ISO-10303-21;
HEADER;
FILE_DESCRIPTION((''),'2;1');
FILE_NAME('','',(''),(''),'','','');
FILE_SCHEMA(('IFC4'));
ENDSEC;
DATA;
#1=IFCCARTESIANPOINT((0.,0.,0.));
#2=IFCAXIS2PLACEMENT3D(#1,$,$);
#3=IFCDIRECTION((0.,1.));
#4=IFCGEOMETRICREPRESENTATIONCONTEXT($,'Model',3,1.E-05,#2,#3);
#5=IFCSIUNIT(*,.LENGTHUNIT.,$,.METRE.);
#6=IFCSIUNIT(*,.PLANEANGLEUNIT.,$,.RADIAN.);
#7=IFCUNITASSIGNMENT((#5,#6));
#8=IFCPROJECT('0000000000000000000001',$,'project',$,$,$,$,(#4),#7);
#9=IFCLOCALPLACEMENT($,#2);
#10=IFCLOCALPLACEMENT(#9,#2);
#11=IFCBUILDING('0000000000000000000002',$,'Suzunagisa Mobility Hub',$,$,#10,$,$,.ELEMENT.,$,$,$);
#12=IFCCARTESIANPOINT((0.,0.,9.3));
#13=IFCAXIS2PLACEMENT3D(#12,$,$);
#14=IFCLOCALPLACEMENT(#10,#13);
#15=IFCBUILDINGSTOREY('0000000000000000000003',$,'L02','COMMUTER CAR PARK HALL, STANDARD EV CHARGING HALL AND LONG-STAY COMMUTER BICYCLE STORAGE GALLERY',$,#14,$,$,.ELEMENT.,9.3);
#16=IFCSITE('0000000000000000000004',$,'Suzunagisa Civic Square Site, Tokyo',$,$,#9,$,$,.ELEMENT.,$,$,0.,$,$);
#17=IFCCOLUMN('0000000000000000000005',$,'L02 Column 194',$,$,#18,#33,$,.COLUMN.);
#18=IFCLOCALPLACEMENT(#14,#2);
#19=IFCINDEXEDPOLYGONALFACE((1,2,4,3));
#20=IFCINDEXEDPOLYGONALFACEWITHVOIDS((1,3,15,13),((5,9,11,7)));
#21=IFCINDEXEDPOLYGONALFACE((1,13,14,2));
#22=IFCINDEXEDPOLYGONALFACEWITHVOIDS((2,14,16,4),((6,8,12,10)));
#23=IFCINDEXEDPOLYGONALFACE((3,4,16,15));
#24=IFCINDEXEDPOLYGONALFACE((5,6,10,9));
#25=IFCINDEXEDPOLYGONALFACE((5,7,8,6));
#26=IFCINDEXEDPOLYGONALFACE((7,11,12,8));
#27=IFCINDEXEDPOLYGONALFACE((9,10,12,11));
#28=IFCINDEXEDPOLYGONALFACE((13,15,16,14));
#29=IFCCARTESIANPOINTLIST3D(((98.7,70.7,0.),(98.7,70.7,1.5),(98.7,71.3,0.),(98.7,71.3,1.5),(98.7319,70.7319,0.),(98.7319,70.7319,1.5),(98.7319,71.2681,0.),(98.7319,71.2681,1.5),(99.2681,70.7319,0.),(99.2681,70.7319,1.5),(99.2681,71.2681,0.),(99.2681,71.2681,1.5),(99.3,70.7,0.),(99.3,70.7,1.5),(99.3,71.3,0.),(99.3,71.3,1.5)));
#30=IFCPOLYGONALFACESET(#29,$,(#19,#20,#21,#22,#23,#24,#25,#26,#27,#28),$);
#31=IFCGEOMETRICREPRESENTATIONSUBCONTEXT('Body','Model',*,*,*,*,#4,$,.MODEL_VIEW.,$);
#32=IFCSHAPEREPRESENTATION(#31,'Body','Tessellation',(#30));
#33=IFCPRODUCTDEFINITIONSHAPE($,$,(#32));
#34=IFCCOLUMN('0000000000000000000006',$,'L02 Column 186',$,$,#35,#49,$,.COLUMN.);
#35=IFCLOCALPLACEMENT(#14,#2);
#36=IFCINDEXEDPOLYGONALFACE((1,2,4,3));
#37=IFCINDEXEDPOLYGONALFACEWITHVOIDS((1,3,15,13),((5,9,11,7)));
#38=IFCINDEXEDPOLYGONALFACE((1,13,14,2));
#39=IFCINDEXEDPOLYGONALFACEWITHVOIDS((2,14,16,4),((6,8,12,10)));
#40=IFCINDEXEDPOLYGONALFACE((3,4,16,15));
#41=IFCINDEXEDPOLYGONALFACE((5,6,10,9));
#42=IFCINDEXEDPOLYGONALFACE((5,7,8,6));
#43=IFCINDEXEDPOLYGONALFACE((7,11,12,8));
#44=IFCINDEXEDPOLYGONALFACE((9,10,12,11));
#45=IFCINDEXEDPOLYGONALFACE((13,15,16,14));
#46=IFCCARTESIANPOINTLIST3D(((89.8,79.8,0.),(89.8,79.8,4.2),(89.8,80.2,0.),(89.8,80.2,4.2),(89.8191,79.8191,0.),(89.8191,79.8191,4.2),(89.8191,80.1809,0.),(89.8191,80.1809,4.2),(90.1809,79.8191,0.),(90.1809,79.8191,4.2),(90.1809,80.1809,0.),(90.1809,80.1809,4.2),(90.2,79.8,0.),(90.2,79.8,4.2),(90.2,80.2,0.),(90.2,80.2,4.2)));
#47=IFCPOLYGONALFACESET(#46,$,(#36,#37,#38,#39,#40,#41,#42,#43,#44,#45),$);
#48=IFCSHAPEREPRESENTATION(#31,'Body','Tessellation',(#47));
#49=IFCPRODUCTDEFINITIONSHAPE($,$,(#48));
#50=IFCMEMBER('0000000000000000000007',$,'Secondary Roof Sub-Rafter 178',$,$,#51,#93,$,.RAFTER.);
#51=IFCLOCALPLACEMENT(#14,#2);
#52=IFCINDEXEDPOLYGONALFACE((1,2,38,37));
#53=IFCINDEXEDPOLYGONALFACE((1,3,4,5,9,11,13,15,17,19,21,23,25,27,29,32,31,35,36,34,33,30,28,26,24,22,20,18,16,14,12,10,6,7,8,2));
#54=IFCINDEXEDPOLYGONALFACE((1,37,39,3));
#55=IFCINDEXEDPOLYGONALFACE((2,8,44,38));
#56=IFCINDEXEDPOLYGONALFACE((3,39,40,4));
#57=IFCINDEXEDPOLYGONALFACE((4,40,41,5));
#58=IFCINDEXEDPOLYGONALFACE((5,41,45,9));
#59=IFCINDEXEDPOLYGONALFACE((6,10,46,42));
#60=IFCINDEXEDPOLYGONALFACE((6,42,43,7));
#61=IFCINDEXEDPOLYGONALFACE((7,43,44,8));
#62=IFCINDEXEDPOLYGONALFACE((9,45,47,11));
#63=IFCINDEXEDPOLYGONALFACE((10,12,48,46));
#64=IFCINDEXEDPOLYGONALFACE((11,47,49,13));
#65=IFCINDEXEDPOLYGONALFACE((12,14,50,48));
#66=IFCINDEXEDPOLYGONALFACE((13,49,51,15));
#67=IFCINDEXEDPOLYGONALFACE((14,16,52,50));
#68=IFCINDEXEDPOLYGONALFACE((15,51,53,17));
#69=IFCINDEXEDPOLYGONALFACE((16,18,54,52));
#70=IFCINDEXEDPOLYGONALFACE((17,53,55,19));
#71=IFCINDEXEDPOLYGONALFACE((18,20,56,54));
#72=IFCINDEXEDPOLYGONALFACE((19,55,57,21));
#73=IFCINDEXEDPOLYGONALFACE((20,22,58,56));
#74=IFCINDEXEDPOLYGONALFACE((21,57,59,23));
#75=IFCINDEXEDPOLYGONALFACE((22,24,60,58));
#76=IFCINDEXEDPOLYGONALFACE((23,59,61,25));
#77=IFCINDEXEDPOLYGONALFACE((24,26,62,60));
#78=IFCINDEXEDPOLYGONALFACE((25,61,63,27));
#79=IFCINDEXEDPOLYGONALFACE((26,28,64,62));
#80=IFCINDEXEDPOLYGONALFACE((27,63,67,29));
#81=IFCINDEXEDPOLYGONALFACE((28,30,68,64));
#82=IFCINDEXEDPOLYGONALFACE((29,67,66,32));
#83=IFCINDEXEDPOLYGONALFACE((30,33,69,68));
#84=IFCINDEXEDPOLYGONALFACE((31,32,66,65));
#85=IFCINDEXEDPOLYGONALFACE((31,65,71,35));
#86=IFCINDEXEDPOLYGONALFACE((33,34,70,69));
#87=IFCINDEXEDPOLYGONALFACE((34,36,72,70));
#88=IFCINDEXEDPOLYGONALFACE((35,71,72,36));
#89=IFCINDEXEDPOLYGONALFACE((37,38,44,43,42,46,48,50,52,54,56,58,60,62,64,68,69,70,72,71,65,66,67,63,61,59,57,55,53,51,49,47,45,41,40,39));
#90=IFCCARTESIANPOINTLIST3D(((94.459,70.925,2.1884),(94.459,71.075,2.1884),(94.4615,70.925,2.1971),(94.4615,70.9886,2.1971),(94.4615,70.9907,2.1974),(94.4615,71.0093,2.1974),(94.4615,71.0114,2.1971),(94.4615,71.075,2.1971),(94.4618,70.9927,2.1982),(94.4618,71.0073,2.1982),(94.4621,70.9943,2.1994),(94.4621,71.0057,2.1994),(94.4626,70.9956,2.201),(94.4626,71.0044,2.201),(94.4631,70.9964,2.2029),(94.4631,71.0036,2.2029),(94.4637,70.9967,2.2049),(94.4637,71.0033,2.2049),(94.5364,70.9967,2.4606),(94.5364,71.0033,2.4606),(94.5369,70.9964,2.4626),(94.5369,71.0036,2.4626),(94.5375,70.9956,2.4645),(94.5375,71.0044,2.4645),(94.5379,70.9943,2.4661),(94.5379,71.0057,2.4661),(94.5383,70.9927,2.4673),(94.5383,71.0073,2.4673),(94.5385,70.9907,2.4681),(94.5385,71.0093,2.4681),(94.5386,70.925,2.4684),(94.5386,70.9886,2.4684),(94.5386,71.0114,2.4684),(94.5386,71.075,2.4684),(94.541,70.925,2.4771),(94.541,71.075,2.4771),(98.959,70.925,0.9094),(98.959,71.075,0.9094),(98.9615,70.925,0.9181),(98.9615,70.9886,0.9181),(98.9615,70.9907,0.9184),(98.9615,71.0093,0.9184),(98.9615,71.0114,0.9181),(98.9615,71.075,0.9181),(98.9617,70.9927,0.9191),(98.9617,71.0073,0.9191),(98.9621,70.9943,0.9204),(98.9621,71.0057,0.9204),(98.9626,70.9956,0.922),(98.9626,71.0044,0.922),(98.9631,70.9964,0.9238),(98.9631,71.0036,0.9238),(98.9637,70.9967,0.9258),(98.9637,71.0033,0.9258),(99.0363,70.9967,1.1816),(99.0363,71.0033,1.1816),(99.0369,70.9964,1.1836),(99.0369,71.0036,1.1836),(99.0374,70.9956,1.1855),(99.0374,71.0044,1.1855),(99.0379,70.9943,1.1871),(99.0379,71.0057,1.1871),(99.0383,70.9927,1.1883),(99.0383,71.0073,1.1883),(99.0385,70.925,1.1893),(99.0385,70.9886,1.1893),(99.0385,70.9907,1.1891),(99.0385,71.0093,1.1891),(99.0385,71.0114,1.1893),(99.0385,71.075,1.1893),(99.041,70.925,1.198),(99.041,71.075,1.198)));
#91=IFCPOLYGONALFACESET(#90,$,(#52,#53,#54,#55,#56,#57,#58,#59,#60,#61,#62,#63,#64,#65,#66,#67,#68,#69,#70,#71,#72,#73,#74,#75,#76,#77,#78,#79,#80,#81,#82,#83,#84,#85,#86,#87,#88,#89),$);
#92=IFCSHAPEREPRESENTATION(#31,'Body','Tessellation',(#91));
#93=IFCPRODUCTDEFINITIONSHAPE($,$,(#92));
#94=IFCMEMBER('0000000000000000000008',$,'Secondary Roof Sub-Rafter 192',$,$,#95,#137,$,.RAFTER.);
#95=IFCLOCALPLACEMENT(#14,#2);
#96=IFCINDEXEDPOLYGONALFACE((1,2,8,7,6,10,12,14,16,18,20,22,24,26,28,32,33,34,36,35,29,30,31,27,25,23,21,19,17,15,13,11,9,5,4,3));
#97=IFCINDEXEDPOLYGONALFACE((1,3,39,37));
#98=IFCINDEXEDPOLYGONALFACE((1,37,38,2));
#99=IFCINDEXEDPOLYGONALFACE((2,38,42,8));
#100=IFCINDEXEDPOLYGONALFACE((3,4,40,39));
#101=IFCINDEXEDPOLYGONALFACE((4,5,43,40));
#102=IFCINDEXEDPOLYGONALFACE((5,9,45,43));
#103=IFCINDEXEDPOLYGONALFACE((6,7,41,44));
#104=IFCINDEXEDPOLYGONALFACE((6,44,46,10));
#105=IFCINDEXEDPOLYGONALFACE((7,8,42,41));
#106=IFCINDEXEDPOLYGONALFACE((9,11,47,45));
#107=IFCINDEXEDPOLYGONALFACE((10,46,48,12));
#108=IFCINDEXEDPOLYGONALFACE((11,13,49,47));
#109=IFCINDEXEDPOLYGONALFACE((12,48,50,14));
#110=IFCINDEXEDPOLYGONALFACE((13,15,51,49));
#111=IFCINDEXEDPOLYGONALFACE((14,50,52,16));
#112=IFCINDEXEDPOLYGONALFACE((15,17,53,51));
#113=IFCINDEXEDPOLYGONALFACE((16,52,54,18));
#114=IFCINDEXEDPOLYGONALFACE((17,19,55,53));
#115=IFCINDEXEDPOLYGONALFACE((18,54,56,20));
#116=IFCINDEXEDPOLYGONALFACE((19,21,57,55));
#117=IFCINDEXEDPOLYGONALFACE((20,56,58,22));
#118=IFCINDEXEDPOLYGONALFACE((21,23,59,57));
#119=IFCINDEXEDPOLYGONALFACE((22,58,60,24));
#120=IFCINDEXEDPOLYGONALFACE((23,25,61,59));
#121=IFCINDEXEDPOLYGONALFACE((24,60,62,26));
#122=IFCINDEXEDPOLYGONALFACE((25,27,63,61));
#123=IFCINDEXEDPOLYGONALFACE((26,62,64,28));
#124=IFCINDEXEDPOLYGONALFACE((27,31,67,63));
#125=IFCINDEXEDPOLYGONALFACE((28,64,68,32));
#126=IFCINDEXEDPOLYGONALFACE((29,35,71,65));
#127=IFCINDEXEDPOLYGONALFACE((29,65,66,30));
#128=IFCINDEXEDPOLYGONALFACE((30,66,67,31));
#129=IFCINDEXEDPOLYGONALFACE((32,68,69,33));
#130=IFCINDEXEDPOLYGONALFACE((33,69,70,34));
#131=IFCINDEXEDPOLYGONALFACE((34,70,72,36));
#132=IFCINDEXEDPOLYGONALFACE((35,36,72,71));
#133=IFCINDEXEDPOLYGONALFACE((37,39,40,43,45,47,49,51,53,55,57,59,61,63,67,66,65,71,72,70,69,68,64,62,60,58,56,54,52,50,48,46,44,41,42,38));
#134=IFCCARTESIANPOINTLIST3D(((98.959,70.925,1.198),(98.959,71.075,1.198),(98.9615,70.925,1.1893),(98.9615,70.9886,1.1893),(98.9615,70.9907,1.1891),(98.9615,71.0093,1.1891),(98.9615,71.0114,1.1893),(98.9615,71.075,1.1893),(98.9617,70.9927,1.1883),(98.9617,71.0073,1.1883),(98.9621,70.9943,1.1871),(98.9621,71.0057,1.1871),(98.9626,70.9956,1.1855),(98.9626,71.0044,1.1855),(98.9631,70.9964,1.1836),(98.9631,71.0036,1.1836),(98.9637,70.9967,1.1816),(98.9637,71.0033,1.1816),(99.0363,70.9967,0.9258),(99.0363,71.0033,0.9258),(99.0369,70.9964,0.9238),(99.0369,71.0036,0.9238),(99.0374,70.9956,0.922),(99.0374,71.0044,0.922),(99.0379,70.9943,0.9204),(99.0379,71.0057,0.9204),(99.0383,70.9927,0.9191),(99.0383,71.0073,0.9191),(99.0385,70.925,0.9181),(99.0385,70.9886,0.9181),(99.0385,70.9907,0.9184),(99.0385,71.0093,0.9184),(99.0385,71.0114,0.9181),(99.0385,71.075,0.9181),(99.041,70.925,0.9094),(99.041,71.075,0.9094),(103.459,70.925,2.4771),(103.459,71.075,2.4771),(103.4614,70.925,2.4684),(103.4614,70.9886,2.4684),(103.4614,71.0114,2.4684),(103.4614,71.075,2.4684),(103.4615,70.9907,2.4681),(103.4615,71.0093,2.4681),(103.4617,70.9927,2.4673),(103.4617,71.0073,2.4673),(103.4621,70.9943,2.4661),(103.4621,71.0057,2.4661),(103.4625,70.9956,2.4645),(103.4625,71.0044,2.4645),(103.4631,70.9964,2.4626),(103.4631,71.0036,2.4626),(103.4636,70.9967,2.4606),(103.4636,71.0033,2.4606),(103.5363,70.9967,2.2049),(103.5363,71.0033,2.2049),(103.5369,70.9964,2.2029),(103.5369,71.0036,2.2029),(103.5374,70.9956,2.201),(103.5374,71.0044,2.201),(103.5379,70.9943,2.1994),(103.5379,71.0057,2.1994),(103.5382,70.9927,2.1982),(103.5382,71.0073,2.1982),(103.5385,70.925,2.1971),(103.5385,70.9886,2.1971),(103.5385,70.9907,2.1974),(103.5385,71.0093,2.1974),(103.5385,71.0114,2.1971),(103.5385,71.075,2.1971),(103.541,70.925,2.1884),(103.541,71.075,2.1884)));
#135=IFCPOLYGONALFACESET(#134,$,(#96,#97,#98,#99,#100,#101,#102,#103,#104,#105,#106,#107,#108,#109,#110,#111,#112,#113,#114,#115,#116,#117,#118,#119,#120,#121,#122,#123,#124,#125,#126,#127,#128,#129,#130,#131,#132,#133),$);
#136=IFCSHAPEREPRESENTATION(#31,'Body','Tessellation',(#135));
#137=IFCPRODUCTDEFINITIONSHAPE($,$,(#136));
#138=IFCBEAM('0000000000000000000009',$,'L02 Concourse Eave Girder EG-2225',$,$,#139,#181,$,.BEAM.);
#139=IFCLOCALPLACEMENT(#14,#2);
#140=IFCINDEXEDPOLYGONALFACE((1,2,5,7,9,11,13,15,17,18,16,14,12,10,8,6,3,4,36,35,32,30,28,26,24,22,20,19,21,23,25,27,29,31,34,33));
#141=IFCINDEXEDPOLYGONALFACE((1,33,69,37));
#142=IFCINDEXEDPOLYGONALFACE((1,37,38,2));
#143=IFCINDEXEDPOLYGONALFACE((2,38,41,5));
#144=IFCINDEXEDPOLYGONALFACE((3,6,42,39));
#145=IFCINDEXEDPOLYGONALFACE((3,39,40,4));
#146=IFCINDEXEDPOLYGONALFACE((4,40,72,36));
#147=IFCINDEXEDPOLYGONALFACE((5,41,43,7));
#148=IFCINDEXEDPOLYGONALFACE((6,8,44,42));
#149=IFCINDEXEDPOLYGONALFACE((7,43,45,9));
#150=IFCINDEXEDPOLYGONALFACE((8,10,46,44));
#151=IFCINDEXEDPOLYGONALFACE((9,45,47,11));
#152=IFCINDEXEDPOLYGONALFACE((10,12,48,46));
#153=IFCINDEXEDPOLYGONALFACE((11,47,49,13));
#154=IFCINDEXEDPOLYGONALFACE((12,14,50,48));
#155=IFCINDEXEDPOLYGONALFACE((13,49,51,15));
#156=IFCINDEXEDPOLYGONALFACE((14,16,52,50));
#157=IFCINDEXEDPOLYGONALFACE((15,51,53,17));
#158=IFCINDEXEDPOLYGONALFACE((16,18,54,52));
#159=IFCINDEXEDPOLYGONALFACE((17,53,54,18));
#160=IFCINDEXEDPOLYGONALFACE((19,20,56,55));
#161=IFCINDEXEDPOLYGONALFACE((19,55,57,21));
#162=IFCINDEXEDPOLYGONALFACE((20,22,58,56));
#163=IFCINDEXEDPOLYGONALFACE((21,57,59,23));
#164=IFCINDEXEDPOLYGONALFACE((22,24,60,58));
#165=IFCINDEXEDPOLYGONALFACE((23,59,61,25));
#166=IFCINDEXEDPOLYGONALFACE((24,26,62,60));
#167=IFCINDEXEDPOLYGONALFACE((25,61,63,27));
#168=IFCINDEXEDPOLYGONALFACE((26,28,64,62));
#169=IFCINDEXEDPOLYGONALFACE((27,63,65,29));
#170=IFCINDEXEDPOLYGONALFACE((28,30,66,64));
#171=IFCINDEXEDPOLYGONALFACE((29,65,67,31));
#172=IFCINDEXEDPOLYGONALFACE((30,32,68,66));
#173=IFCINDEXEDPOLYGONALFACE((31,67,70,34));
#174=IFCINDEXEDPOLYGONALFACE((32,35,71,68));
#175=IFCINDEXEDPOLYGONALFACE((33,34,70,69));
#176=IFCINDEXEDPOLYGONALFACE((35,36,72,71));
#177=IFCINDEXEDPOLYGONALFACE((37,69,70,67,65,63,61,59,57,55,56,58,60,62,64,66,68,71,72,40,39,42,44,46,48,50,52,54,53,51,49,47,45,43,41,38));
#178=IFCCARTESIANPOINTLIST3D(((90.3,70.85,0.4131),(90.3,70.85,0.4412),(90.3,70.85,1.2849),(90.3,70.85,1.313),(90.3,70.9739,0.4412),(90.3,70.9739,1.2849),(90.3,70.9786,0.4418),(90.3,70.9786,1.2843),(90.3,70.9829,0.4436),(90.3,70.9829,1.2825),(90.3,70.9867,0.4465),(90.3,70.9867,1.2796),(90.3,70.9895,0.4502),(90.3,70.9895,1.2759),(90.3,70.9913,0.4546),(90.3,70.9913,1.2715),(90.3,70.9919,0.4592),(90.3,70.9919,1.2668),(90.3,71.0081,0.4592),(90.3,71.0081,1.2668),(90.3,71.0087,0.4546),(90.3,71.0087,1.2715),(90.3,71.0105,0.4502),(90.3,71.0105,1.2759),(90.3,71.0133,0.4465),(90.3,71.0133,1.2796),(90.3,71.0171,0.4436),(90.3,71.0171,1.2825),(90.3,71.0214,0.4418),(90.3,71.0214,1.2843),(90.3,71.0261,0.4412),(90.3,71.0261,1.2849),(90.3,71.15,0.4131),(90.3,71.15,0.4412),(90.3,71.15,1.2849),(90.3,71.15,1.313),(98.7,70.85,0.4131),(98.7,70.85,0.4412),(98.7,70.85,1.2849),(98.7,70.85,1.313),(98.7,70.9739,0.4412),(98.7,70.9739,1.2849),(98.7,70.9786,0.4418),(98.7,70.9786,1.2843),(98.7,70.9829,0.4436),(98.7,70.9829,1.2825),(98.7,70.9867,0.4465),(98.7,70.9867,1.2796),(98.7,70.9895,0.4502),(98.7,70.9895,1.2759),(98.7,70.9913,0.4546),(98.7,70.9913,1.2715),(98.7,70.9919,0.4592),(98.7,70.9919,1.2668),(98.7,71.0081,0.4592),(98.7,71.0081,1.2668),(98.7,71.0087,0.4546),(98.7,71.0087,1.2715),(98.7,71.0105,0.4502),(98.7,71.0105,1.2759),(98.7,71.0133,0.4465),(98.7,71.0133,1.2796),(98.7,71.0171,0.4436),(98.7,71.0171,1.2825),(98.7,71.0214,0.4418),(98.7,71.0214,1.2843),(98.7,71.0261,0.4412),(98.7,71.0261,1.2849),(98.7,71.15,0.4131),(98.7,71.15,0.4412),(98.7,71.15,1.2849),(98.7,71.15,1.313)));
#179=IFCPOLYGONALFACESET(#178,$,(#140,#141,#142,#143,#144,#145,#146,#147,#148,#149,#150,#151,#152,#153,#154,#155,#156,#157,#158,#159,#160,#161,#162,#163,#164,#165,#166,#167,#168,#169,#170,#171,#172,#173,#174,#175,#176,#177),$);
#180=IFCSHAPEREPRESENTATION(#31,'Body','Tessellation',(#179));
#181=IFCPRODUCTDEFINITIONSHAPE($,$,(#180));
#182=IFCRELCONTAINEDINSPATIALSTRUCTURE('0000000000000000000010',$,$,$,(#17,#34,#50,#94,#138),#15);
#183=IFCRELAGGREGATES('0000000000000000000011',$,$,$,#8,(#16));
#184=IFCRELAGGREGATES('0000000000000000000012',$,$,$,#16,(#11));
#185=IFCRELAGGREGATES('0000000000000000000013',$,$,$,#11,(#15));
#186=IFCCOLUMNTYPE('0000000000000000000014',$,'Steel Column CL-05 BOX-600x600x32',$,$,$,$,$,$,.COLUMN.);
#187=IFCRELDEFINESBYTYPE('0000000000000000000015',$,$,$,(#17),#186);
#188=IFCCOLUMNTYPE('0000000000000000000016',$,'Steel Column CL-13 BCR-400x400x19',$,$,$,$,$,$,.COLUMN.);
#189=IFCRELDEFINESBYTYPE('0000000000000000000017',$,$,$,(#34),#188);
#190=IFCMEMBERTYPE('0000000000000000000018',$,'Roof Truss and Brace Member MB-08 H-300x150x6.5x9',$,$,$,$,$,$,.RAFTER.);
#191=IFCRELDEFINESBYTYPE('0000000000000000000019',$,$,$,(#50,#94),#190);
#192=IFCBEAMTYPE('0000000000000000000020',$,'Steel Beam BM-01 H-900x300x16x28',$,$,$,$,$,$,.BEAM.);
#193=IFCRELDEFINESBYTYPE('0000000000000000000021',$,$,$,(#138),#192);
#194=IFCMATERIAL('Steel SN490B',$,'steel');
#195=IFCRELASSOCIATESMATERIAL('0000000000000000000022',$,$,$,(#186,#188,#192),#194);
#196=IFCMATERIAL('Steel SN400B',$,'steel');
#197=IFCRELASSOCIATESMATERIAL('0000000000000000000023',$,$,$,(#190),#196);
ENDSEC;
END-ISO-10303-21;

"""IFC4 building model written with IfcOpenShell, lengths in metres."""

from ifc_helpers import new_model, si_unit, direction, frame, origin, origin_2d, place, context, subcontext, project, spatial, hollow_rectangle, i_section, extrude, material, material_profile, profile_set, type_object, element, save


model = new_model("IFC4")

# Units and contexts
model_context = context("Model", 3, precision=1e-05, world=origin(), true_north=direction((0.0, 1.0)))
body_context = subcontext(model_context, "Body", "Model", "MODEL_VIEW")
ifc_project = project(units=[si_unit("LENGTHUNIT", "METRE"), si_unit("PLANEANGLEUNIT", "RADIAN")], contexts=[model_context])

# Site, building, storey
site_placement = place(None, origin())
site = spatial("IfcSite", under=ifc_project, at=site_placement, Name="Suzunagisa Civic Square Site, Tokyo", CompositionType="ELEMENT", RefElevation=0.0)
building_placement = place(site_placement, origin())
building = spatial("IfcBuilding", under=site, at=building_placement, Name="Suzunagisa Mobility Hub", CompositionType="ELEMENT")
storey_placement = place(building_placement, frame((0.0, 0.0, 9.3)))
storey = spatial("IfcBuildingStorey", under=building, at=storey_placement, Name="L02", Description="COMMUTER CAR PARK HALL, STANDARD EV CHARGING HALL AND LONG-STAY COMMUTER BICYCLE STORAGE GALLERY", CompositionType="ELEMENT", Elevation=9.3)

# Columns
ifc_material_1 = material(Name="Steel SN490B", Category="steel")
ifc_material_profile_1 = material_profile(ifc_material_1, hollow_rectangle(XDim=0.6001, YDim=0.6001, WallThickness=0.032, at=origin_2d()), Name="BOX-600x600x32")
ifc_profile_set_1 = profile_set([ifc_material_profile_1], Name="Steel SN490B")
column_type_1 = type_object("IfcColumnType", Name="Steel Column CL-05 BOX-600x600x32", PredefinedType="COLUMN", material=ifc_profile_set_1)
column_1_placement = place(storey_placement, frame((99.0, 71.0, 0.0), z_axis=(0.0, 0.0, 1.0), x_axis=(1.0, 0.0, 0.0)))
element("IfcColumn", 1, at=column_1_placement, inside=storey, type_object=column_type_1, Name="L02 Column 194", PredefinedType="COLUMN", context=body_context, shape_type="SweptSolid", body=[
    extrude(hollow_rectangle(XDim=0.6001, YDim=0.6001, WallThickness=0.032, at=origin_2d()), origin(), (0.0, 0.0, 1.0), 1.5),
])
ifc_material_profile_2 = material_profile(ifc_material_1, hollow_rectangle(XDim=0.3999, YDim=0.3999, WallThickness=0.019, at=origin_2d()), Name="BCR-400x400x19")
ifc_profile_set_2 = profile_set([ifc_material_profile_2], Name="Steel SN490B")
column_type_2 = type_object("IfcColumnType", Name="Steel Column CL-13 BCR-400x400x19", PredefinedType="COLUMN", material=ifc_profile_set_2)
column_2_placement = place(storey_placement, frame((90.0, 80.0, 0.0), z_axis=(0.0, 0.0, 1.0), x_axis=(1.0, 0.0, 0.0)))
element("IfcColumn", 2, at=column_2_placement, inside=storey, type_object=column_type_2, Name="L02 Column 186", PredefinedType="COLUMN", context=body_context, shape_type="SweptSolid", body=[
    extrude(hollow_rectangle(XDim=0.3999, YDim=0.3999, WallThickness=0.019, at=origin_2d()), origin(), (0.0, 0.0, 1.0), 4.2),
])

# Members
ifc_material_2 = material(Name="Steel SN400B", Category="steel")
ifc_material_profile_3 = material_profile(ifc_material_2, i_section(OverallWidth=0.1499, OverallDepth=0.3, WebThickness=0.0066, FlangeThickness=0.009, FilletRadius=0.0081, at=origin_2d()), Name="H-300x150x6.5x9")
ifc_profile_set_3 = profile_set([ifc_material_profile_3], Name="Steel SN400B")
member_type = type_object("IfcMemberType", Name="Roof Truss and Brace Member MB-08 H-300x150x6.5x9", PredefinedType="RAFTER", material=ifc_profile_set_3)
for number, where, z_axis, x_axis, name in (
    (3, (99.0, 71.0, 1.0537), (-0.961899, 0.0, 0.273404), (0.0, -1.0, 0.0), "Secondary Roof Sub-Rafter 178"),
    (4, (99.0, 71.0, 1.0537), (0.961899, 0.0, 0.273404), (0.0, 1.0, 0.0), "Secondary Roof Sub-Rafter 192"),
):
    element("IfcMember", number, at=place(storey_placement, frame(where, z_axis=z_axis, x_axis=x_axis)), inside=storey, type_object=member_type, Name=name, PredefinedType="RAFTER", context=body_context, shape_type="SweptSolid", body=[
        extrude(i_section(OverallWidth=0.1499, OverallDepth=0.3, WebThickness=0.0066, FlangeThickness=0.009, FilletRadius=0.0081, at=origin_2d()), origin(), (0.0, 0.0, 1.0), 4.6782),
    ])

# Beam
ifc_material_profile_4 = material_profile(ifc_material_1, i_section(OverallWidth=0.3, OverallDepth=0.8999, WebThickness=0.0161, FlangeThickness=0.0281, FilletRadius=0.0181, at=origin_2d()), Name="H-900x300x16x28")
ifc_profile_set_4 = profile_set([ifc_material_profile_4], Name="Steel SN490B")
beam_type_1 = type_object("IfcBeamType", Name="Steel Beam BM-01 H-900x300x16x28", PredefinedType="BEAM", material=ifc_profile_set_4)
beam_1_placement = place(storey_placement, frame((90.3, 71.0, 0.863), z_axis=(1.0, 0.0, 0.0), x_axis=(0.0, 1.0, 0.0)))
element("IfcBeam", 5, at=beam_1_placement, inside=storey, type_object=beam_type_1, Name="L02 Concourse Eave Girder EG-2225", PredefinedType="BEAM", context=body_context, shape_type="SweptSolid", body=[
    extrude(i_section(OverallWidth=0.3, OverallDepth=0.8999, WebThickness=0.0161, FlangeThickness=0.0281, FilletRadius=0.0181, at=origin_2d()), origin(), (0.0, 0.0, 1.0), 8.3999),
])

save(model, "model.ifc")
